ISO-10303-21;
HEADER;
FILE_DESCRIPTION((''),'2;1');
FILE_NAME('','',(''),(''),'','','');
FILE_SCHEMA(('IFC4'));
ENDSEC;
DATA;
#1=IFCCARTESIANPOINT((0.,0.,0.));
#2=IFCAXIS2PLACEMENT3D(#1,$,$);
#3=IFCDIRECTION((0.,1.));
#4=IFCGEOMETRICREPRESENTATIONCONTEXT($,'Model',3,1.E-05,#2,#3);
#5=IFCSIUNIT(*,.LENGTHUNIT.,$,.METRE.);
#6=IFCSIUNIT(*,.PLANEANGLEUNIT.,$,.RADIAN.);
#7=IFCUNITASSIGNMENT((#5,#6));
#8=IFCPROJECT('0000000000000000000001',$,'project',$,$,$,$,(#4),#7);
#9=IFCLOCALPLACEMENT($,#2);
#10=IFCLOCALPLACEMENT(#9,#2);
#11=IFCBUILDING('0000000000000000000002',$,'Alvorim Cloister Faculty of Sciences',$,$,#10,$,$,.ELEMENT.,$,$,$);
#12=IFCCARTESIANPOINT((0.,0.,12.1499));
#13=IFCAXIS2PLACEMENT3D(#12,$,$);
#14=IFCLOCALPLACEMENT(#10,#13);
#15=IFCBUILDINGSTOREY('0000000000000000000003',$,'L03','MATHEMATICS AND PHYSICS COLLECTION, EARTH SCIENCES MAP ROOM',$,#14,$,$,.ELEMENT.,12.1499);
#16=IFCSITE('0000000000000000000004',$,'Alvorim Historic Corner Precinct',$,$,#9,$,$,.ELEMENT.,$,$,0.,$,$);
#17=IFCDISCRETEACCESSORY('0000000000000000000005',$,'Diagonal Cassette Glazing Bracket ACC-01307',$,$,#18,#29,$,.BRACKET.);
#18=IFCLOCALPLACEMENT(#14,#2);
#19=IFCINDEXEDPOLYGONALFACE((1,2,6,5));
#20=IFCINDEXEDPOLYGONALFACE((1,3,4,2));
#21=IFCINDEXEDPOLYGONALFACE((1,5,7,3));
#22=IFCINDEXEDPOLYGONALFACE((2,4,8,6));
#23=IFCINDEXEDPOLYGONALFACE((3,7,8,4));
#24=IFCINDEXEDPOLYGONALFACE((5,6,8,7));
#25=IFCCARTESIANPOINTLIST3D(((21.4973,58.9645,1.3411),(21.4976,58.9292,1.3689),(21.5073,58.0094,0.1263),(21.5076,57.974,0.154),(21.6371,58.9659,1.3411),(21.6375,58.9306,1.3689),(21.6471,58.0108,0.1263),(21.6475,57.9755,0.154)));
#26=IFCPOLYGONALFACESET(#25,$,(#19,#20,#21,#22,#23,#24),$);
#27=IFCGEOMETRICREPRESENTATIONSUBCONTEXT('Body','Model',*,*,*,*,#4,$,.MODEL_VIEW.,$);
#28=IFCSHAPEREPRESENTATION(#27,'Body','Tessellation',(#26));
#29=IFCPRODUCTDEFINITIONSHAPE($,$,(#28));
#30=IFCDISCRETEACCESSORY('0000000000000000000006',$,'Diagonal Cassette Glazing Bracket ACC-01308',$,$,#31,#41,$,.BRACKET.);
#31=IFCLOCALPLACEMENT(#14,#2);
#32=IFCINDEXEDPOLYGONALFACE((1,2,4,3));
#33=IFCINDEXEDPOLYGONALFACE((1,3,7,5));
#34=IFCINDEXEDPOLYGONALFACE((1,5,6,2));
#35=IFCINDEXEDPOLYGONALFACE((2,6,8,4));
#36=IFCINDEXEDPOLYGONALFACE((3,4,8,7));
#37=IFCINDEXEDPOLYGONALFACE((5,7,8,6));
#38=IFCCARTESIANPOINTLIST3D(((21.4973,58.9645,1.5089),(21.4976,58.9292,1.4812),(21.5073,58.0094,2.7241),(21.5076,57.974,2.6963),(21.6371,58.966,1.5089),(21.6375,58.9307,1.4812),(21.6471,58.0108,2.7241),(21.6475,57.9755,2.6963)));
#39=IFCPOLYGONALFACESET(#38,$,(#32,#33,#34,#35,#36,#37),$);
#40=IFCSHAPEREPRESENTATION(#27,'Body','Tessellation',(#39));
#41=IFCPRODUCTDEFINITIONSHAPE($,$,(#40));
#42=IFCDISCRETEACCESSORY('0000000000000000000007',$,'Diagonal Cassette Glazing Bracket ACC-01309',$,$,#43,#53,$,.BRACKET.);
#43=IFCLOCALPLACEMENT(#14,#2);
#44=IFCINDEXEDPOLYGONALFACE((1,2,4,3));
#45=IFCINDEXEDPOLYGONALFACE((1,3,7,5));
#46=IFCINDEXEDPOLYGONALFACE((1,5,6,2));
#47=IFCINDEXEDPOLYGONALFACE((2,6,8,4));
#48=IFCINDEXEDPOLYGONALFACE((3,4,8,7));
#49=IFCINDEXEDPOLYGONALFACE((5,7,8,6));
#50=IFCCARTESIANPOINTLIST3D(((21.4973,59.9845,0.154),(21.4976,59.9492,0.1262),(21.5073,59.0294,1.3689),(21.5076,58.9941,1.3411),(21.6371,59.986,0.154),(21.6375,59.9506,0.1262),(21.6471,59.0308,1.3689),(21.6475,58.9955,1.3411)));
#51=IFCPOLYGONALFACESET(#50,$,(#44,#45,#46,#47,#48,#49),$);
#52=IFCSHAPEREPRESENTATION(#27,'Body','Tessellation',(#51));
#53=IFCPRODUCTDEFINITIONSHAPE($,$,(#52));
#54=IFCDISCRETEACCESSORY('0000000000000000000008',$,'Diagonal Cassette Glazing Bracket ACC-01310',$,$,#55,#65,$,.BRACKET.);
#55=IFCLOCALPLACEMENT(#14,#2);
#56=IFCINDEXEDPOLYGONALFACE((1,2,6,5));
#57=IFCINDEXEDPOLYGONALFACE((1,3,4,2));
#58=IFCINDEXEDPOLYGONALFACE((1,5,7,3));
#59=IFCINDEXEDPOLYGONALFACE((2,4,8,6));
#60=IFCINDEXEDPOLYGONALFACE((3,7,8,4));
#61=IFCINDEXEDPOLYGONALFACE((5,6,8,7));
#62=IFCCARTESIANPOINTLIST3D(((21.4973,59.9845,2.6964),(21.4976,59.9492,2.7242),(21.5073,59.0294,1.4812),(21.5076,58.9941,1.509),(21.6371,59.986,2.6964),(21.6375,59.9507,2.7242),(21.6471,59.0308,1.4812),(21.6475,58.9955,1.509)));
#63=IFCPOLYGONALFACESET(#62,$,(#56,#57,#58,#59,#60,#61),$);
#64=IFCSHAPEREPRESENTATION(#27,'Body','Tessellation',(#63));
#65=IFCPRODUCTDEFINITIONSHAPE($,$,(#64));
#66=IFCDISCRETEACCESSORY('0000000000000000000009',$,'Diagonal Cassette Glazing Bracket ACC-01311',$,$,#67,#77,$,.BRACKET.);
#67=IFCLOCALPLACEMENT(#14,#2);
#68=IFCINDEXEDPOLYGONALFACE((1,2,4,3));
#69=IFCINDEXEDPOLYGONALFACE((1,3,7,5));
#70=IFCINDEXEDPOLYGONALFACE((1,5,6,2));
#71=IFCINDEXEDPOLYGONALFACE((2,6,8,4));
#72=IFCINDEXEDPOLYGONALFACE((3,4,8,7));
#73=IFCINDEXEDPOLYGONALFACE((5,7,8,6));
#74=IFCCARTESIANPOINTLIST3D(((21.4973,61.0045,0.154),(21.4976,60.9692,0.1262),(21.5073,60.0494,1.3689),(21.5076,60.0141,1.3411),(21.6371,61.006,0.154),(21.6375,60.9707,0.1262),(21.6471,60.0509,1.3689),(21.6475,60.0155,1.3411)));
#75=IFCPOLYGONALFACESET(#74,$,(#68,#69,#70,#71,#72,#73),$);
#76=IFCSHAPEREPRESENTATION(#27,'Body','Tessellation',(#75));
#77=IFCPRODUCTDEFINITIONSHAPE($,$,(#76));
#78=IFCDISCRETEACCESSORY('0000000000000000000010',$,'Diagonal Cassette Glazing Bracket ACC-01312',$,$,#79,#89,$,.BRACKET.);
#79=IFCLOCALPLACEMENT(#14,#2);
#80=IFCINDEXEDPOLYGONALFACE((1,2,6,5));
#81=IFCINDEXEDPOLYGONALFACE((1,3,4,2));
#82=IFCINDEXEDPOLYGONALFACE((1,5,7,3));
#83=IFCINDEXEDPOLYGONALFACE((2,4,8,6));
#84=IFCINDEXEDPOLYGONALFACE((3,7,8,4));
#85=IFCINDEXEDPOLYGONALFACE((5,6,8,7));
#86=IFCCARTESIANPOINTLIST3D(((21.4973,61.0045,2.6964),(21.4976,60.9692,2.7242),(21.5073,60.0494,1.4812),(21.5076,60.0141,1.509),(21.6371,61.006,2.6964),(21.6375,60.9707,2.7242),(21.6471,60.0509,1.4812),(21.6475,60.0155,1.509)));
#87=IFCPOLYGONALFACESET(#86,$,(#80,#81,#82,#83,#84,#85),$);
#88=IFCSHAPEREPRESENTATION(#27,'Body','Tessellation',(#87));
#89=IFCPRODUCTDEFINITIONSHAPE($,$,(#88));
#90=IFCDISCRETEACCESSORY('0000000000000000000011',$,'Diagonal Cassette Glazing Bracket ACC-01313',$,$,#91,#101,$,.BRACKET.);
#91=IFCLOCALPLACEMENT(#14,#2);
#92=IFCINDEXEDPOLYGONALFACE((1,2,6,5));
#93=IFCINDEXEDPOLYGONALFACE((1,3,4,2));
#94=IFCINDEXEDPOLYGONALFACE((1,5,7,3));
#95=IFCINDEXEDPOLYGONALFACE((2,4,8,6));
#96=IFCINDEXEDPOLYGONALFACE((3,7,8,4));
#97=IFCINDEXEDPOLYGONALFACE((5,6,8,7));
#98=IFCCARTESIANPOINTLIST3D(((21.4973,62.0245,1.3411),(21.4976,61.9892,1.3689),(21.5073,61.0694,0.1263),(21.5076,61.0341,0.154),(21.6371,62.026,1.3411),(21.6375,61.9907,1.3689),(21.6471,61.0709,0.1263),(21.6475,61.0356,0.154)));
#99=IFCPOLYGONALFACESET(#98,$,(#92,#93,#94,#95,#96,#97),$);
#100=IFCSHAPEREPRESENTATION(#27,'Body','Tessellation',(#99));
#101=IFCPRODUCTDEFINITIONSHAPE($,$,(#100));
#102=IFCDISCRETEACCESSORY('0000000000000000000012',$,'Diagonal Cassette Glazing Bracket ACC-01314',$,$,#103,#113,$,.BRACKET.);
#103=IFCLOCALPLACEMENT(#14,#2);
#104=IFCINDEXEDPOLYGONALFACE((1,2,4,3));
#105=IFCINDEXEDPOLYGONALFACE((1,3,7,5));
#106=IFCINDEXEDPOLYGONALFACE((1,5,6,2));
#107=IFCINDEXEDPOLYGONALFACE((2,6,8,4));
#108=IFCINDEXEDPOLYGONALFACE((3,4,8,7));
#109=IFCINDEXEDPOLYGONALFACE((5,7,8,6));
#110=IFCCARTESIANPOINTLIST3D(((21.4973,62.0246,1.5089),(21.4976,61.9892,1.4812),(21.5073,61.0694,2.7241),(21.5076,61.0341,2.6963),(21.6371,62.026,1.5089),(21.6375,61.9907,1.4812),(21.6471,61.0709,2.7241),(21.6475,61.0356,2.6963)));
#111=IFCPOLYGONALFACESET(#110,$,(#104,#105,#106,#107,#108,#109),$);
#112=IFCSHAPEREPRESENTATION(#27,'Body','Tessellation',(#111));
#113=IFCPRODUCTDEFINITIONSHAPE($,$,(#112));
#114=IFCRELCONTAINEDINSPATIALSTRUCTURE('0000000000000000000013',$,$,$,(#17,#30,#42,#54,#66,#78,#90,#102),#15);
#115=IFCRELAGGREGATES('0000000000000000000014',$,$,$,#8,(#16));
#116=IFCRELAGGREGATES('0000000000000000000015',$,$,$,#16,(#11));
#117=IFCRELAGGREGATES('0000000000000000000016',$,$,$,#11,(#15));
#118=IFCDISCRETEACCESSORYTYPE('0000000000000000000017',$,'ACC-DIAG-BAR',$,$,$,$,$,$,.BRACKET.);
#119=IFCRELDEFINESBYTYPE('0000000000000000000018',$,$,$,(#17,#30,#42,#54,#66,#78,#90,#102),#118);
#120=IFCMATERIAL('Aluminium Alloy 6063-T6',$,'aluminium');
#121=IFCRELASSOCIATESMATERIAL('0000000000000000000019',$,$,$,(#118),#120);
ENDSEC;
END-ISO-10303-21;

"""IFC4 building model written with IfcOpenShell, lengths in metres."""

from ifc_helpers import new_model, si_unit, direction, frame, origin, origin_2d, place, context, subcontext, project, spatial, rectangle, extrude, material, type_object, element, save


model = new_model("IFC4")

# Units and contexts
model_context = context("Model", 3, precision=1e-05, world=origin(), true_north=direction((0.0, 1.0)))
body_context = subcontext(model_context, "Body", "Model", "MODEL_VIEW")
ifc_project = project(units=[si_unit("LENGTHUNIT", "METRE"), si_unit("PLANEANGLEUNIT", "RADIAN")], contexts=[model_context])

# Site, building, storey
site_placement = place(None, origin())
site = spatial("IfcSite", under=ifc_project, at=site_placement, Name="Alvorim Historic Corner Precinct", CompositionType="ELEMENT", RefElevation=0.0)
building_placement = place(site_placement, origin())
building = spatial("IfcBuilding", under=site, at=building_placement, Name="Alvorim Cloister Faculty of Sciences", CompositionType="ELEMENT")
storey_placement = place(building_placement, frame((0.0, 0.0, 12.1499)))
storey = spatial("IfcBuildingStorey", under=building, at=storey_placement, Name="L03", Description="MATHEMATICS AND PHYSICS COLLECTION, EARTH SCIENCES MAP ROOM", CompositionType="ELEMENT", Elevation=12.1499)

# Shared definitions
ifc_material_1 = material(Name="Aluminium Alloy 6063-T6", Category="aluminium")

# Discrete accessories
discrete_accessory_type = type_object("IfcDiscreteAccessoryType", Name="ACC-DIAG-BAR", PredefinedType="BRACKET", material=ifc_material_1)
discrete_accessory_1_placement = place(storey_placement, frame((21.5774, 57.9924, 0.1401), z_axis=(-0.006477, 0.618032, 0.786126), x_axis=(-0.999945, -0.01048, 0.0)))
element("IfcDiscreteAccessory", 1, at=discrete_accessory_1_placement, inside=storey, type_object=discrete_accessory_type, Name="Diagonal Cassette Glazing Bracket ACC-01307", PredefinedType="BRACKET", context=body_context, shape_type="SweptSolid", body=[
    extrude(rectangle(XDim=0.1399, YDim=0.0449, at=origin_2d()), origin(), (0.0, 0.0, 1.0), 1.5454),
])
discrete_accessory_2_placement = place(storey_placement, frame((21.5774, 57.9924, 2.7102), z_axis=(-0.006477, 0.617955, -0.786187), x_axis=(-0.999945, -0.01048, 0.0)))
element("IfcDiscreteAccessory", 2, at=discrete_accessory_2_placement, inside=storey, type_object=discrete_accessory_type, Name="Diagonal Cassette Glazing Bracket ACC-01308", PredefinedType="BRACKET", context=body_context, shape_type="SweptSolid", body=[
    extrude(rectangle(XDim=0.1399, YDim=0.0449, at=origin_2d()), origin(), (0.0, 0.0, 1.0), 1.5457),
])
discrete_accessory_3_placement = place(storey_placement, frame((21.5774, 59.0125, 1.355), z_axis=(-0.006477, 0.618032, -0.786126), x_axis=(-0.999945, -0.01048, 0.0)))
element("IfcDiscreteAccessory", 3, at=discrete_accessory_3_placement, inside=storey, type_object=discrete_accessory_type, Name="Diagonal Cassette Glazing Bracket ACC-01309", PredefinedType="BRACKET", context=body_context, shape_type="SweptSolid", body=[
    extrude(rectangle(XDim=0.1399, YDim=0.0449, at=origin_2d()), origin(), (0.0, 0.0, 1.0), 1.5454),
])
discrete_accessory_4_placement = place(storey_placement, frame((21.5774, 59.0125, 1.4951), z_axis=(-0.006477, 0.617955, 0.786187), x_axis=(-0.999945, -0.01048, 0.0)))
element("IfcDiscreteAccessory", 4, at=discrete_accessory_4_placement, inside=storey, type_object=discrete_accessory_type, Name="Diagonal Cassette Glazing Bracket ACC-01310", PredefinedType="BRACKET", context=body_context, shape_type="SweptSolid", body=[
    extrude(rectangle(XDim=0.1399, YDim=0.0449, at=origin_2d()), origin(), (0.0, 0.0, 1.0), 1.5457),
])
discrete_accessory_5_placement = place(storey_placement, frame((21.5774, 60.0325, 1.355), z_axis=(-0.006477, 0.618032, -0.786126), x_axis=(-0.999945, -0.01048, 0.0)))
element("IfcDiscreteAccessory", 5, at=discrete_accessory_5_placement, inside=storey, type_object=discrete_accessory_type, Name="Diagonal Cassette Glazing Bracket ACC-01311", PredefinedType="BRACKET", context=body_context, shape_type="SweptSolid", body=[
    extrude(rectangle(XDim=0.1399, YDim=0.0449, at=origin_2d()), origin(), (0.0, 0.0, 1.0), 1.5454),
])
discrete_accessory_6_placement = place(storey_placement, frame((21.5774, 60.0325, 1.4951), z_axis=(-0.006477, 0.617955, 0.786187), x_axis=(-0.999945, -0.01048, 0.0)))
element("IfcDiscreteAccessory", 6, at=discrete_accessory_6_placement, inside=storey, type_object=discrete_accessory_type, Name="Diagonal Cassette Glazing Bracket ACC-01312", PredefinedType="BRACKET", context=body_context, shape_type="SweptSolid", body=[
    extrude(rectangle(XDim=0.1399, YDim=0.0449, at=origin_2d()), origin(), (0.0, 0.0, 1.0), 1.5457),
])
discrete_accessory_7_placement = place(storey_placement, frame((21.5774, 61.0525, 0.1401), z_axis=(-0.006477, 0.618032, 0.786126), x_axis=(-0.999945, -0.01048, 0.0)))
element("IfcDiscreteAccessory", 7, at=discrete_accessory_7_placement, inside=storey, type_object=discrete_accessory_type, Name="Diagonal Cassette Glazing Bracket ACC-01313", PredefinedType="BRACKET", context=body_context, shape_type="SweptSolid", body=[
    extrude(rectangle(XDim=0.1399, YDim=0.0449, at=origin_2d()), origin(), (0.0, 0.0, 1.0), 1.5454),
])
discrete_accessory_8_placement = place(storey_placement, frame((21.5774, 61.0525, 2.7102), z_axis=(-0.006477, 0.617955, -0.786187), x_axis=(-0.999945, -0.01048, 0.0)))
element("IfcDiscreteAccessory", 8, at=discrete_accessory_8_placement, inside=storey, type_object=discrete_accessory_type, Name="Diagonal Cassette Glazing Bracket ACC-01314", PredefinedType="BRACKET", context=body_context, shape_type="SweptSolid", body=[
    extrude(rectangle(XDim=0.1399, YDim=0.0449, at=origin_2d()), origin(), (0.0, 0.0, 1.0), 1.5457),
])

save(model, "model.ifc")
